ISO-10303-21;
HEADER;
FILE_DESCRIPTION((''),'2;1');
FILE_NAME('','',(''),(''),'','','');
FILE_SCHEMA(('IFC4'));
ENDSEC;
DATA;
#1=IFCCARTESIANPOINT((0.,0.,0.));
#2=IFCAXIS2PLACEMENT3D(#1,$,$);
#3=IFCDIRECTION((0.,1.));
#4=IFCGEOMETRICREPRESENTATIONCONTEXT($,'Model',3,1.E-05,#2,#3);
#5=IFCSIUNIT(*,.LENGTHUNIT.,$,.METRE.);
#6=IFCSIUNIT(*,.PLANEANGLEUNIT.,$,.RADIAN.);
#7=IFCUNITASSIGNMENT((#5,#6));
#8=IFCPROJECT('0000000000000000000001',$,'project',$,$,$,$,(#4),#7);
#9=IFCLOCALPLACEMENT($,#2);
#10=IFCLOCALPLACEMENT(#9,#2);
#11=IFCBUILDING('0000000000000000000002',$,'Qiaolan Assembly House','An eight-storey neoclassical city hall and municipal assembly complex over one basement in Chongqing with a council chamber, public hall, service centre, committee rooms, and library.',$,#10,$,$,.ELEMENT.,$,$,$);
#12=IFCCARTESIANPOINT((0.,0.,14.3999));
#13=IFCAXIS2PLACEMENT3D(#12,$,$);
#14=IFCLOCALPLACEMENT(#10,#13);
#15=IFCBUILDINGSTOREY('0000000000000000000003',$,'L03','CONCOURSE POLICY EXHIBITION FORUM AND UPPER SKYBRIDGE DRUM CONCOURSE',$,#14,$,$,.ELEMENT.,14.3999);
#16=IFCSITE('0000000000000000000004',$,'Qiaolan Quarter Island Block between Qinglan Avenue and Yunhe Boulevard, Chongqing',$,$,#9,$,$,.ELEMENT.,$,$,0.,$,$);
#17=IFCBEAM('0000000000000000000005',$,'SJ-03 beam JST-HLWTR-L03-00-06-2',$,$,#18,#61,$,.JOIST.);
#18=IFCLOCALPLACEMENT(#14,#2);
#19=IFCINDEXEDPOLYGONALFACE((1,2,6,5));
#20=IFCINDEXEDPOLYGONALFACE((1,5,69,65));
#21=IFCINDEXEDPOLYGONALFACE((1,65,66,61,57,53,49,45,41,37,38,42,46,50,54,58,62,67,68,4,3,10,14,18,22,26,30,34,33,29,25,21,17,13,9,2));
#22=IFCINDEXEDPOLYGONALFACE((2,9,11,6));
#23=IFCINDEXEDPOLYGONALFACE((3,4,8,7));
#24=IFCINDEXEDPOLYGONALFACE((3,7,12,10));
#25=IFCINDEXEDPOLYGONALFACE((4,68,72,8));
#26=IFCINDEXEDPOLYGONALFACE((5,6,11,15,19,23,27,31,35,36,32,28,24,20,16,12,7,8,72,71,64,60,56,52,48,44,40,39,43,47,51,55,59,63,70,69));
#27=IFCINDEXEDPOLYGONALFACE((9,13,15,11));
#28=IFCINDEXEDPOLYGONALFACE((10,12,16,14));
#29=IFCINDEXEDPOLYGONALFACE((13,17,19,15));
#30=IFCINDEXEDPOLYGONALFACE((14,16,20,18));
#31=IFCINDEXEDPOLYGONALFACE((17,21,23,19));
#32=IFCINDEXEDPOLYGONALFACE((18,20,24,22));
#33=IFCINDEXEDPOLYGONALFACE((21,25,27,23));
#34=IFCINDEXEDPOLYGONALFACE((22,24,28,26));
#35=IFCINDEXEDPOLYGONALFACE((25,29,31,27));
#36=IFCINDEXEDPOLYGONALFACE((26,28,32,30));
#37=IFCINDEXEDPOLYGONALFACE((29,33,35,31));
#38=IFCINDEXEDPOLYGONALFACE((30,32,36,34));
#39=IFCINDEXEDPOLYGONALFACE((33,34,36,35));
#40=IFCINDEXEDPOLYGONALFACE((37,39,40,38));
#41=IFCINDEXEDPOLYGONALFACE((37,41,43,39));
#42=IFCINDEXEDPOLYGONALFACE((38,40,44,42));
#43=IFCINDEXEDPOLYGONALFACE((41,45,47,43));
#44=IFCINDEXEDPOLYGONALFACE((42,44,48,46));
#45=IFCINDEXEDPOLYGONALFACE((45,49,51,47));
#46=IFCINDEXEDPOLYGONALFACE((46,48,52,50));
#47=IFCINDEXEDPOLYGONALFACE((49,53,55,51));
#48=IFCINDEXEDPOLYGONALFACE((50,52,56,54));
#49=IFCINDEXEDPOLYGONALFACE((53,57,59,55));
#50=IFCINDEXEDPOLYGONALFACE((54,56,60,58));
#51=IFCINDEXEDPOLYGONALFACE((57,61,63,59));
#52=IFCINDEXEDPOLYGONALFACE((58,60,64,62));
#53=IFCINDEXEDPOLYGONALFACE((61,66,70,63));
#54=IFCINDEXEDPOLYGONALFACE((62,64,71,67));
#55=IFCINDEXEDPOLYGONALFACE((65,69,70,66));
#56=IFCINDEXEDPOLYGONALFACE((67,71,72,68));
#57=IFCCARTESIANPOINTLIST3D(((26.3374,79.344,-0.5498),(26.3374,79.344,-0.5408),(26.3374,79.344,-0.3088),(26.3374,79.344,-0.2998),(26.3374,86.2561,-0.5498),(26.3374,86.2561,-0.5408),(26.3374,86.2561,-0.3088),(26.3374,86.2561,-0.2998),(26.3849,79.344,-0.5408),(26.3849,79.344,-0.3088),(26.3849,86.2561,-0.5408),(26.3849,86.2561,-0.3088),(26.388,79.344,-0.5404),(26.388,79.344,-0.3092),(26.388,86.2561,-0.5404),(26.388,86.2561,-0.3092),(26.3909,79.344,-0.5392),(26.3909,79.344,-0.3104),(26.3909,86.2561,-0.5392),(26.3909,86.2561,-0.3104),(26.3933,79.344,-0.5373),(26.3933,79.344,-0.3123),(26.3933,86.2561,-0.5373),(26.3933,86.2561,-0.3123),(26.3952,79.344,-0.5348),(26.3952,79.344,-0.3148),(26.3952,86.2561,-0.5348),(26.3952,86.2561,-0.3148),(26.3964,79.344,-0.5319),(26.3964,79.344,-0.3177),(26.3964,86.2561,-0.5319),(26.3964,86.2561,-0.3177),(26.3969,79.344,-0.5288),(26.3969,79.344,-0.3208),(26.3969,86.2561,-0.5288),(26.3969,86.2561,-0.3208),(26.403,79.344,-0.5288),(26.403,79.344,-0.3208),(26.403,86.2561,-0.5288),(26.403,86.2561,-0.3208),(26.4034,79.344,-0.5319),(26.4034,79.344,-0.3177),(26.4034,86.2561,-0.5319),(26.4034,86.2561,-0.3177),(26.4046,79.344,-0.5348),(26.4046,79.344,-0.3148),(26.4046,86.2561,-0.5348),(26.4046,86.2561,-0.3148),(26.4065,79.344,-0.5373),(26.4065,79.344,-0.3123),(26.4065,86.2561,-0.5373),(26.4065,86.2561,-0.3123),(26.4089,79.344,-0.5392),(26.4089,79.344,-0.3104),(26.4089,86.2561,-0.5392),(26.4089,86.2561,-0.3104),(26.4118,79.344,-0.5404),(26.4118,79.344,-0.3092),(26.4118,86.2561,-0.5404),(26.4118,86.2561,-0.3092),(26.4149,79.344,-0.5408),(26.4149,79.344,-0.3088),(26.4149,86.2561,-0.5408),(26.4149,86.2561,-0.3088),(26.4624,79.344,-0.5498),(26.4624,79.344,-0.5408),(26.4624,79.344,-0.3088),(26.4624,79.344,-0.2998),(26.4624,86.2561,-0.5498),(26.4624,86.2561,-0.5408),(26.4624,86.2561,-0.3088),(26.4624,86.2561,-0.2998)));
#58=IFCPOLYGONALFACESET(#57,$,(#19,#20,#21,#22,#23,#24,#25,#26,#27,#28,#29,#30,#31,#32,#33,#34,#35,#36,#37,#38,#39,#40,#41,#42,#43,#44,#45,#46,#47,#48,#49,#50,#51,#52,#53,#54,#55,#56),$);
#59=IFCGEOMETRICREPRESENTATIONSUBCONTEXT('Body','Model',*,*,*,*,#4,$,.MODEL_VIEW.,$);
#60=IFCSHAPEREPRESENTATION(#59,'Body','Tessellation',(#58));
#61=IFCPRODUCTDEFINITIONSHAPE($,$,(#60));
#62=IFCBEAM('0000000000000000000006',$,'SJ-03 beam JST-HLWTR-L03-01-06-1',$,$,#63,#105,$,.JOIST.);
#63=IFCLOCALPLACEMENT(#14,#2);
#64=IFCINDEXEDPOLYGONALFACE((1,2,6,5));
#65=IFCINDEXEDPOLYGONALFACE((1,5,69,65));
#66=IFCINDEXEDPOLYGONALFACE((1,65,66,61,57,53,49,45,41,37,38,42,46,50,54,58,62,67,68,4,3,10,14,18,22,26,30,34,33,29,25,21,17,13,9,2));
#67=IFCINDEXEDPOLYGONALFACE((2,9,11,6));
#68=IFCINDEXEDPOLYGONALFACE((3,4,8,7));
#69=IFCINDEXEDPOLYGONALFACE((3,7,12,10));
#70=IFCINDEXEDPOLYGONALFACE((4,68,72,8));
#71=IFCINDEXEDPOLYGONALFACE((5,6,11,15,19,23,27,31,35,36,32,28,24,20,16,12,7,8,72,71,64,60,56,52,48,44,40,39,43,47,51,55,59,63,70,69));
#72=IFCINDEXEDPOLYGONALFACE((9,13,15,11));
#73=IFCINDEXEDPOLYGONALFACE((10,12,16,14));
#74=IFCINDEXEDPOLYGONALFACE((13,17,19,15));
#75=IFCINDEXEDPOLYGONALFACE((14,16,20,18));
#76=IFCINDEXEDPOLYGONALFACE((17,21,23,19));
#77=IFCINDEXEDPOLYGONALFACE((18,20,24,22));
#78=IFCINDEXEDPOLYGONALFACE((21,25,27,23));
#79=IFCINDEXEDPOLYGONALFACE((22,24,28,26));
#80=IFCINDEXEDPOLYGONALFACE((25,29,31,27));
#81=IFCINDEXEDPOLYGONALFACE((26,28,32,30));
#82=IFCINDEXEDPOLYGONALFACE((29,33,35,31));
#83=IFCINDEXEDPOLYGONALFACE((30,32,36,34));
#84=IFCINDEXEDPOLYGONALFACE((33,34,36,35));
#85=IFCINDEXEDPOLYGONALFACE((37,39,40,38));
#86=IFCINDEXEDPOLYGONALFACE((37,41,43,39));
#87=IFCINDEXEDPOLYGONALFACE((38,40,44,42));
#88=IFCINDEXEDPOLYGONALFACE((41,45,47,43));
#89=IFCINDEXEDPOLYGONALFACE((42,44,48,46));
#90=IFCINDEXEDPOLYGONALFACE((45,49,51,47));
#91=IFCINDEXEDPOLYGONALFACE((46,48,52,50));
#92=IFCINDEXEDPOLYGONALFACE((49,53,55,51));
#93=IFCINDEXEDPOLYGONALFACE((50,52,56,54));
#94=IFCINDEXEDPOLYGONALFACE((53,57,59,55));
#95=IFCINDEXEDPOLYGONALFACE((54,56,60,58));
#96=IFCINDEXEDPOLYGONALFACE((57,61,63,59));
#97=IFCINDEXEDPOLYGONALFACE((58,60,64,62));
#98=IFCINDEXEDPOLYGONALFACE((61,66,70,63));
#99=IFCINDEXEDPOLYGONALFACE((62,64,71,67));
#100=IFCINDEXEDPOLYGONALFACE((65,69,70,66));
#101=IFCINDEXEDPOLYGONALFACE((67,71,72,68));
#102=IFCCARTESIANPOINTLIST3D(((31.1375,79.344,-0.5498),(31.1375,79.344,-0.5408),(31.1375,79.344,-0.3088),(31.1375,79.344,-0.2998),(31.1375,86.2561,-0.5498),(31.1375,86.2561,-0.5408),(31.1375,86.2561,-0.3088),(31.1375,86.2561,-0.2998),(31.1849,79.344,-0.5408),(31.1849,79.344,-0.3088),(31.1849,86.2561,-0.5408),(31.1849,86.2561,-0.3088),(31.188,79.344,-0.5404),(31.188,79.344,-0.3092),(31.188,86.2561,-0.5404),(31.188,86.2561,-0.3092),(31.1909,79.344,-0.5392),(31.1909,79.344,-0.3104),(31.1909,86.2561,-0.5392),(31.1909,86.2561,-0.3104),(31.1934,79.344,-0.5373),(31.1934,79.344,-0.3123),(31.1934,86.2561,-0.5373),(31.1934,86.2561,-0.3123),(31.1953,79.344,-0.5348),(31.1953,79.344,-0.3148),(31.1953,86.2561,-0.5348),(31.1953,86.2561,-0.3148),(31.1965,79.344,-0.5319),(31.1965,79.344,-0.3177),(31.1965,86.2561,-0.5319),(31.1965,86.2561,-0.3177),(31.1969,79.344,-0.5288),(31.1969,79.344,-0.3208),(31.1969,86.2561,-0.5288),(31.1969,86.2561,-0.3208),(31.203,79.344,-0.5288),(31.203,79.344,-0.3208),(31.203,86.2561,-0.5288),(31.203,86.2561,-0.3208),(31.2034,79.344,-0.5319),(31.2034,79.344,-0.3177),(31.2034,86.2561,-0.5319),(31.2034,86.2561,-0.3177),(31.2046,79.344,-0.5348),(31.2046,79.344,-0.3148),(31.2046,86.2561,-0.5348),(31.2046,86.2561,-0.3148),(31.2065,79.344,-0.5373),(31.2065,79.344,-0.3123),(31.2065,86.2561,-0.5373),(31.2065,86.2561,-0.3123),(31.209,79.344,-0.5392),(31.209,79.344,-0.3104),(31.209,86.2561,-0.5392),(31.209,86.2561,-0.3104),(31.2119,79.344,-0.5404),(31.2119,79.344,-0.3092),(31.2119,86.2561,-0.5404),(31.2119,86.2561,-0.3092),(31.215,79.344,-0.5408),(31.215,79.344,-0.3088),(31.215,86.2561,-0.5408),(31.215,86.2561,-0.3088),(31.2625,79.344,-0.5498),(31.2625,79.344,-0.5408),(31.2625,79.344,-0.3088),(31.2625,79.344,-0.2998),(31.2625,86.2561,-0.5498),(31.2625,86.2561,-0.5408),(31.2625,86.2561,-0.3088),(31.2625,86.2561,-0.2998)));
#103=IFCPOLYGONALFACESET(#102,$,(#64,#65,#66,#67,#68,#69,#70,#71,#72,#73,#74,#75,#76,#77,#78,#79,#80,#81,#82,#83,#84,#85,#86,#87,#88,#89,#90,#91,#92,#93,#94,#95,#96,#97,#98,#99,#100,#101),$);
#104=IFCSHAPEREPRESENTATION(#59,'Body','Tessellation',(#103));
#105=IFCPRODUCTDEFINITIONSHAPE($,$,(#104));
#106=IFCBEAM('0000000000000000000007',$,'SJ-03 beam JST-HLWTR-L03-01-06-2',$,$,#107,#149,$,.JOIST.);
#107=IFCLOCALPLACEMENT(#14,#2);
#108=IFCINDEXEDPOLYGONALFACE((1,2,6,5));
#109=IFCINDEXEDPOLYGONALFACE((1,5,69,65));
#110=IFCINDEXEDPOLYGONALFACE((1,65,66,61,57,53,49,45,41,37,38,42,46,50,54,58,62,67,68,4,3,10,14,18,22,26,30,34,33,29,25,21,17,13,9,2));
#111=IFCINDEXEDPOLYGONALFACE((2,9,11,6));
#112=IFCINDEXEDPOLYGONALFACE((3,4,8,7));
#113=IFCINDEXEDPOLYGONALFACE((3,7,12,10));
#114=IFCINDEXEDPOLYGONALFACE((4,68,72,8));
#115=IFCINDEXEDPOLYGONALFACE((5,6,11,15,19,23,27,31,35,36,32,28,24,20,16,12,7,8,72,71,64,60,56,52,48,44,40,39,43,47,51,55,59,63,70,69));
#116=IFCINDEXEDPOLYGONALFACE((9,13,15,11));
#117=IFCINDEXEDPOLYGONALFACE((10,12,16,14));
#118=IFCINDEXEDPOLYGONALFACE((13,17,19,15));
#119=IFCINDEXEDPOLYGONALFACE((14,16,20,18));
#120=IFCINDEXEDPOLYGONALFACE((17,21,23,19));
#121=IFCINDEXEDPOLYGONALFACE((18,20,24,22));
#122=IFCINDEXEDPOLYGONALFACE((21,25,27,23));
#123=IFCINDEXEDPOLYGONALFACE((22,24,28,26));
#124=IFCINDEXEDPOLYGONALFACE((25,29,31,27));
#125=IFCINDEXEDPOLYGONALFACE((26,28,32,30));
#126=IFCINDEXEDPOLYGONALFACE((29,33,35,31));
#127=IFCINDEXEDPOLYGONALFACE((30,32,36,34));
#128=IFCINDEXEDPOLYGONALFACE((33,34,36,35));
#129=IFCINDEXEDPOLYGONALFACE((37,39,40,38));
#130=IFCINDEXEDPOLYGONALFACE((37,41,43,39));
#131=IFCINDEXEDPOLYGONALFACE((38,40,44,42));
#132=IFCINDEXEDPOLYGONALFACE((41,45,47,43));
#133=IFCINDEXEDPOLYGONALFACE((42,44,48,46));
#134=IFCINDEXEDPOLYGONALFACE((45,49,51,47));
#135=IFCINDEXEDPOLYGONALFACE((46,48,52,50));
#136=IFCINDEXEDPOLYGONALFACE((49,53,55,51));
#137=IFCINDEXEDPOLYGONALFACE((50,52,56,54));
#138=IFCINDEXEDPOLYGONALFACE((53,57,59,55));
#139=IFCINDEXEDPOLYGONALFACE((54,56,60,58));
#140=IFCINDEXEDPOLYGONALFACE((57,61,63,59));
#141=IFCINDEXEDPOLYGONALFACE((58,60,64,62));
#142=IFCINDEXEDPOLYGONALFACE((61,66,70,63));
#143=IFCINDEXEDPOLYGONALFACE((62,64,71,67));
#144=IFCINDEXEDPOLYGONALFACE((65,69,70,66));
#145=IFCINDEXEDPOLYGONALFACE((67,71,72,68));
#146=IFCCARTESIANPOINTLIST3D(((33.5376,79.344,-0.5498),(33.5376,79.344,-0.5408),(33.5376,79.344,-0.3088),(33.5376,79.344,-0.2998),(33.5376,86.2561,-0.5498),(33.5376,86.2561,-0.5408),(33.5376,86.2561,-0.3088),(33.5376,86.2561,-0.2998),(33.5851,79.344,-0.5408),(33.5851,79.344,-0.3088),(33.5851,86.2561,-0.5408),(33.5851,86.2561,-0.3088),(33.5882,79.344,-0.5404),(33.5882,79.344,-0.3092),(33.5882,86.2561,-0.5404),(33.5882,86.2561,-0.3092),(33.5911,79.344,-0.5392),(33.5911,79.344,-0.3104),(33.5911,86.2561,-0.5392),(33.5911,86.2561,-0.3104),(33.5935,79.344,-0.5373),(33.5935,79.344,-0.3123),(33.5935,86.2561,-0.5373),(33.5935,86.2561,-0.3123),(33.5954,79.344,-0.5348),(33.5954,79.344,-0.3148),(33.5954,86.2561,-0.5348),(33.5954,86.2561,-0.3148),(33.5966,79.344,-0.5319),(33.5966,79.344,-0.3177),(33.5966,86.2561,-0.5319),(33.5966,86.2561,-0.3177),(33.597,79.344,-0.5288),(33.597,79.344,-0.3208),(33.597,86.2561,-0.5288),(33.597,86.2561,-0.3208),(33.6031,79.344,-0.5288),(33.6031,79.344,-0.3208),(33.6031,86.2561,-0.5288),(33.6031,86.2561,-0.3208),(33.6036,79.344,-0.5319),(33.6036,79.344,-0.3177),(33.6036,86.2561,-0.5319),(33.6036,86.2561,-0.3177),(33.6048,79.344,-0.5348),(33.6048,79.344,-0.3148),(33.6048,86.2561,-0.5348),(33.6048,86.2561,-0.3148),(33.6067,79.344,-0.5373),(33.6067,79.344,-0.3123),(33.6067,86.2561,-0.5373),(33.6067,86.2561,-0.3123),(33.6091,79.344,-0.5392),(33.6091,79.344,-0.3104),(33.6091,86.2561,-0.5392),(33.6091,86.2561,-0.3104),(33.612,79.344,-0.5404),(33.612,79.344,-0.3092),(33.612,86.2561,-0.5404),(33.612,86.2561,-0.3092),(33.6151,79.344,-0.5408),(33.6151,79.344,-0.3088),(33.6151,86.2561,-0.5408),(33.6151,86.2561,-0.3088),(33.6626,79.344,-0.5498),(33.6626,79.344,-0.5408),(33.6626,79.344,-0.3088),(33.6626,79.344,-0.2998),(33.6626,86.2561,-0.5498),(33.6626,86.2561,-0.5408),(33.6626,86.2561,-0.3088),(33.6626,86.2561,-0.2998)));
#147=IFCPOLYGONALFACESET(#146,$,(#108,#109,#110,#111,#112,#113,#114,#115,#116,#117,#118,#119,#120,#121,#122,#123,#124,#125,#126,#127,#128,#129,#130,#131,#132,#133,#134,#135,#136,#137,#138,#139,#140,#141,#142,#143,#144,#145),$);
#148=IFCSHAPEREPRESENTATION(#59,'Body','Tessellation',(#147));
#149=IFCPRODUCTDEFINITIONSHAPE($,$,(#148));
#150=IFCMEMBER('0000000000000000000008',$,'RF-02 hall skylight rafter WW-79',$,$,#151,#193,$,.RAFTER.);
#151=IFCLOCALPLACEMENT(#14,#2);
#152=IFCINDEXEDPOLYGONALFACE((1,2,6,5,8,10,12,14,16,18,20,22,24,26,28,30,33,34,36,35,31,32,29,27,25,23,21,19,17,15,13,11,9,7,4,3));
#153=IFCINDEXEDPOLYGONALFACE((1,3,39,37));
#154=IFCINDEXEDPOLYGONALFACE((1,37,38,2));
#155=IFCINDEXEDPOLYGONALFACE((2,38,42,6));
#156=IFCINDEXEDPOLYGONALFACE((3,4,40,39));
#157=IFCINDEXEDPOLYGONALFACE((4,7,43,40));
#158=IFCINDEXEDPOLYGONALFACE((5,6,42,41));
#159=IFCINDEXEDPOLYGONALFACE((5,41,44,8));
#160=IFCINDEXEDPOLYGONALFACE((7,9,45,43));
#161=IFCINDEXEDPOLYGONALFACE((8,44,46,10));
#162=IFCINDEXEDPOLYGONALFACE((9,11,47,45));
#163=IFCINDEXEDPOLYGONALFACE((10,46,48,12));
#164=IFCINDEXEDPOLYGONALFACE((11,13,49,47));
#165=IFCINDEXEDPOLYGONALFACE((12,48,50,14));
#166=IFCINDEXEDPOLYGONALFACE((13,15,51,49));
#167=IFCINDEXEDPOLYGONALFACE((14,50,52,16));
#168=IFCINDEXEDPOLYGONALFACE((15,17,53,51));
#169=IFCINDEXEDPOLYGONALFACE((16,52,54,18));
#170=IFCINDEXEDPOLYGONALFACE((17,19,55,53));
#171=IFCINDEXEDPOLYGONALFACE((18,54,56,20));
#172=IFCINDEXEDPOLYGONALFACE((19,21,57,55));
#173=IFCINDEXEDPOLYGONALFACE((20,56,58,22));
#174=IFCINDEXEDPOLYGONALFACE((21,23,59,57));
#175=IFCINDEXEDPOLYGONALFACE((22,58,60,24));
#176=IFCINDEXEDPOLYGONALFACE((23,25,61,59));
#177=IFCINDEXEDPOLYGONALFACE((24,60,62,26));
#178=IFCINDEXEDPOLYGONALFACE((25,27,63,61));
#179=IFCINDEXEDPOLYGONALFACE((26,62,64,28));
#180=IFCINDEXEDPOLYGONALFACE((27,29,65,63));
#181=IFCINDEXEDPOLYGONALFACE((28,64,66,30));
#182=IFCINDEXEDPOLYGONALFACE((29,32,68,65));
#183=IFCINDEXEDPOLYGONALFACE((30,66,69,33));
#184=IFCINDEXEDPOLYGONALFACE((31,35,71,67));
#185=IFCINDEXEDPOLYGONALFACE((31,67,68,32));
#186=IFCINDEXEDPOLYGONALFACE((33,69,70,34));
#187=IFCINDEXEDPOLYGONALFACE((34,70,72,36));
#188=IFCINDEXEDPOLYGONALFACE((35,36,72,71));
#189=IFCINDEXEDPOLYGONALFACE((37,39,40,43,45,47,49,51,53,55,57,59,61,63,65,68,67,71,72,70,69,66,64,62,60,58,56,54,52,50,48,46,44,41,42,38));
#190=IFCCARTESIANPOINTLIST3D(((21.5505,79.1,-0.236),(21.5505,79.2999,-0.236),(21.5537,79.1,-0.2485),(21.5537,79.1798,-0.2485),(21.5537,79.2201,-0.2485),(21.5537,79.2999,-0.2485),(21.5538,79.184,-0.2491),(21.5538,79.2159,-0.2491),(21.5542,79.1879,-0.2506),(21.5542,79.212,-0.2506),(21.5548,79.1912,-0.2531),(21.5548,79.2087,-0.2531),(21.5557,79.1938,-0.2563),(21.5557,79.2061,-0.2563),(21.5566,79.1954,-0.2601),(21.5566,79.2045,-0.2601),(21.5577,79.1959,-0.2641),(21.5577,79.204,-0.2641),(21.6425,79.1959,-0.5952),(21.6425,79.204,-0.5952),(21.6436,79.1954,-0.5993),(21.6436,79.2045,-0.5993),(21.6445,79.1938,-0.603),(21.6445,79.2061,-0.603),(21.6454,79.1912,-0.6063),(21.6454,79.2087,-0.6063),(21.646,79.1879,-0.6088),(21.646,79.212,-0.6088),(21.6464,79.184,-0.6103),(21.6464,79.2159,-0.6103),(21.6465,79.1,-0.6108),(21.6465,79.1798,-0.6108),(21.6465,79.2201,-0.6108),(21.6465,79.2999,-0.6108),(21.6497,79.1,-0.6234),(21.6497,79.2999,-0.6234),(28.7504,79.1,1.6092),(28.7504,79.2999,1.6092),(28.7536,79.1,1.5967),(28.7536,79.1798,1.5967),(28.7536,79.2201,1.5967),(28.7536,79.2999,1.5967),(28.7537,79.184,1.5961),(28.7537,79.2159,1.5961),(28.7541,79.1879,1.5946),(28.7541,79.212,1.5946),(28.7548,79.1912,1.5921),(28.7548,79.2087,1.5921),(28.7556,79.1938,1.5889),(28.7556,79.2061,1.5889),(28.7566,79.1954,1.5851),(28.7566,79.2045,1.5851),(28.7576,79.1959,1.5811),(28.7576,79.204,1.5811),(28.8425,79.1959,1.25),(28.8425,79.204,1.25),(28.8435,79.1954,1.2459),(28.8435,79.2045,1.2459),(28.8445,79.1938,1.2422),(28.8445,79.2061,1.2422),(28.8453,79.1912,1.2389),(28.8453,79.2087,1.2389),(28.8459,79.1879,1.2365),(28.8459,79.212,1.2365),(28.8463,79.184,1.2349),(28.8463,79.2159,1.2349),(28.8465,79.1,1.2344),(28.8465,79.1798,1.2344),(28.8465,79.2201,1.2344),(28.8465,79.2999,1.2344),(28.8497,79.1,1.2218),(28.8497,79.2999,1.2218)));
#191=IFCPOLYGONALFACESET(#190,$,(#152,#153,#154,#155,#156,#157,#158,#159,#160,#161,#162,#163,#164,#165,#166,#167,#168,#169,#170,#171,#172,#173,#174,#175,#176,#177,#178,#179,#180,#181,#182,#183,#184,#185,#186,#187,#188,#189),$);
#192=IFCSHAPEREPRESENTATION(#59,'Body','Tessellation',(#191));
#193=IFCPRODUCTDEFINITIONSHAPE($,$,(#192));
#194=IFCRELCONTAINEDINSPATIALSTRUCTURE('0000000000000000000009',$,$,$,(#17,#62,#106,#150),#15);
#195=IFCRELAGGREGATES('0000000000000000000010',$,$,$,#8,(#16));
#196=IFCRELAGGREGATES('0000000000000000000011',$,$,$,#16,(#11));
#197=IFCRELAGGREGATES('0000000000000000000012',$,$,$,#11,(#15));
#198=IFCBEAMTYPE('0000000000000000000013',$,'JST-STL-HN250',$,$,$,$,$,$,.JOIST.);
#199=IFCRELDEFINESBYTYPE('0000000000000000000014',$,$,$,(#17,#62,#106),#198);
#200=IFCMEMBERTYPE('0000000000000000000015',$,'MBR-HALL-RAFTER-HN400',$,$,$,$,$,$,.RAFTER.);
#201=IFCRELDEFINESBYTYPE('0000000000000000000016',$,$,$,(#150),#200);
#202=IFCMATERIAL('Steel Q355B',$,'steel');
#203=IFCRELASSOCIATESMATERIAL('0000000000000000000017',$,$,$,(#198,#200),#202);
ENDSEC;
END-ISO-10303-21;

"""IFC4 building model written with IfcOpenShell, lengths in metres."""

from ifc_helpers import new_model, si_unit, direction, frame, origin, origin_2d, place, context, subcontext, project, spatial, i_section, extrude, material, material_profile, profile_set, type_object, element, save


model = new_model("IFC4")

# Units and contexts
model_context = context("Model", 3, precision=1e-05, world=origin(), true_north=direction((0.0, 1.0)))
body_context = subcontext(model_context, "Body", "Model", "MODEL_VIEW")
ifc_project = project(units=[si_unit("LENGTHUNIT", "METRE"), si_unit("PLANEANGLEUNIT", "RADIAN")], contexts=[model_context])

# Site, building, storey
site_placement = place(None, origin())
site = spatial("IfcSite", under=ifc_project, at=site_placement, Name="Qiaolan Quarter Island Block between Qinglan Avenue and Yunhe Boulevard, Chongqing", CompositionType="ELEMENT", RefElevation=0.0)
building_placement = place(site_placement, origin())
building = spatial("IfcBuilding", under=site, at=building_placement, Name="Qiaolan Assembly House", Description="An eight-storey neoclassical city hall and municipal assembly complex over one basement in Chongqing with a council chamber, public hall, service centre, committee rooms, and library.", CompositionType="ELEMENT")
storey_placement = place(building_placement, frame((0.0, 0.0, 14.3999)))
storey = spatial("IfcBuildingStorey", under=building, at=storey_placement, Name="L03", Description="CONCOURSE POLICY EXHIBITION FORUM AND UPPER SKYBRIDGE DRUM CONCOURSE", CompositionType="ELEMENT", Elevation=14.3999)

# Shared definitions
ifc_material_1 = material(Name="Steel Q355B", Category="steel")

# Beams
ifc_material_profile_1 = material_profile(ifc_material_1, i_section(OverallWidth=0.125, OverallDepth=0.25, WebThickness=0.0061, FlangeThickness=0.009, FilletRadius=0.012, at=origin_2d()), Name="HN 250x125x6x9")
ifc_profile_set_1 = profile_set([ifc_material_profile_1], Name="Steel Q355B")
beam_type_1 = type_object("IfcBeamType", Name="JST-STL-HN250", PredefinedType="JOIST", material=ifc_profile_set_1)
for number, where, z_axis, x_axis, name in (
    (1, (26.3999, 79.344, -0.4248), (0.0, 1.0, 0.0), (-1.0, 0.0, 0.0), "SJ-03 beam JST-HLWTR-L03-00-06-2"),
    (2, (31.2, 79.344, -0.4248), (0.0, 1.0, 0.0), (-1.0, 0.0, 0.0), "SJ-03 beam JST-HLWTR-L03-01-06-1"),
    (3, (33.6001, 79.344, -0.4248), (0.0, 1.0, 0.0), (-1.0, 0.0, 0.0), "SJ-03 beam JST-HLWTR-L03-01-06-2"),
):
    element("IfcBeam", number, at=place(storey_placement, frame(where, z_axis=z_axis, x_axis=x_axis)), inside=storey, type_object=beam_type_1, Name=name, PredefinedType="JOIST", context=body_context, shape_type="SweptSolid", body=[
        extrude(i_section(OverallWidth=0.125, OverallDepth=0.25, WebThickness=0.0061, FlangeThickness=0.009, FilletRadius=0.012, at=origin_2d()), origin(), (0.0, 0.0, 1.0), 6.9121),
    ])

# Member
ifc_material_profile_2 = material_profile(ifc_material_1, i_section(OverallWidth=0.2, OverallDepth=0.3999, WebThickness=0.0081, FlangeThickness=0.0129, FilletRadius=0.0161, at=origin_2d()), Name="HN 400x200x8x13-RF")
ifc_profile_set_2 = profile_set([ifc_material_profile_2], Name="Steel Q355B")
member_type = type_object("IfcMemberType", Name="MBR-HALL-RAFTER-HN400", PredefinedType="RAFTER", material=ifc_profile_set_2)
for number, where, z_axis, x_axis, name in (
    (4, (21.6001, 79.2, -0.4297), (0.968694, 0.0, 0.248258), (0.0, 1.0, 0.0), "RF-02 hall skylight rafter WW-79"),
):
    element("IfcMember", number, at=place(storey_placement, frame(where, z_axis=z_axis, x_axis=x_axis)), inside=storey, type_object=member_type, Name=name, PredefinedType="RAFTER", context=body_context, shape_type="SweptSolid", body=[
        extrude(i_section(OverallWidth=0.2, OverallDepth=0.3999, WebThickness=0.0081, FlangeThickness=0.0129, FilletRadius=0.0161, at=origin_2d()), origin(), (0.0, 0.0, 1.0), 7.4326),
    ])

save(model, "model.ifc")
